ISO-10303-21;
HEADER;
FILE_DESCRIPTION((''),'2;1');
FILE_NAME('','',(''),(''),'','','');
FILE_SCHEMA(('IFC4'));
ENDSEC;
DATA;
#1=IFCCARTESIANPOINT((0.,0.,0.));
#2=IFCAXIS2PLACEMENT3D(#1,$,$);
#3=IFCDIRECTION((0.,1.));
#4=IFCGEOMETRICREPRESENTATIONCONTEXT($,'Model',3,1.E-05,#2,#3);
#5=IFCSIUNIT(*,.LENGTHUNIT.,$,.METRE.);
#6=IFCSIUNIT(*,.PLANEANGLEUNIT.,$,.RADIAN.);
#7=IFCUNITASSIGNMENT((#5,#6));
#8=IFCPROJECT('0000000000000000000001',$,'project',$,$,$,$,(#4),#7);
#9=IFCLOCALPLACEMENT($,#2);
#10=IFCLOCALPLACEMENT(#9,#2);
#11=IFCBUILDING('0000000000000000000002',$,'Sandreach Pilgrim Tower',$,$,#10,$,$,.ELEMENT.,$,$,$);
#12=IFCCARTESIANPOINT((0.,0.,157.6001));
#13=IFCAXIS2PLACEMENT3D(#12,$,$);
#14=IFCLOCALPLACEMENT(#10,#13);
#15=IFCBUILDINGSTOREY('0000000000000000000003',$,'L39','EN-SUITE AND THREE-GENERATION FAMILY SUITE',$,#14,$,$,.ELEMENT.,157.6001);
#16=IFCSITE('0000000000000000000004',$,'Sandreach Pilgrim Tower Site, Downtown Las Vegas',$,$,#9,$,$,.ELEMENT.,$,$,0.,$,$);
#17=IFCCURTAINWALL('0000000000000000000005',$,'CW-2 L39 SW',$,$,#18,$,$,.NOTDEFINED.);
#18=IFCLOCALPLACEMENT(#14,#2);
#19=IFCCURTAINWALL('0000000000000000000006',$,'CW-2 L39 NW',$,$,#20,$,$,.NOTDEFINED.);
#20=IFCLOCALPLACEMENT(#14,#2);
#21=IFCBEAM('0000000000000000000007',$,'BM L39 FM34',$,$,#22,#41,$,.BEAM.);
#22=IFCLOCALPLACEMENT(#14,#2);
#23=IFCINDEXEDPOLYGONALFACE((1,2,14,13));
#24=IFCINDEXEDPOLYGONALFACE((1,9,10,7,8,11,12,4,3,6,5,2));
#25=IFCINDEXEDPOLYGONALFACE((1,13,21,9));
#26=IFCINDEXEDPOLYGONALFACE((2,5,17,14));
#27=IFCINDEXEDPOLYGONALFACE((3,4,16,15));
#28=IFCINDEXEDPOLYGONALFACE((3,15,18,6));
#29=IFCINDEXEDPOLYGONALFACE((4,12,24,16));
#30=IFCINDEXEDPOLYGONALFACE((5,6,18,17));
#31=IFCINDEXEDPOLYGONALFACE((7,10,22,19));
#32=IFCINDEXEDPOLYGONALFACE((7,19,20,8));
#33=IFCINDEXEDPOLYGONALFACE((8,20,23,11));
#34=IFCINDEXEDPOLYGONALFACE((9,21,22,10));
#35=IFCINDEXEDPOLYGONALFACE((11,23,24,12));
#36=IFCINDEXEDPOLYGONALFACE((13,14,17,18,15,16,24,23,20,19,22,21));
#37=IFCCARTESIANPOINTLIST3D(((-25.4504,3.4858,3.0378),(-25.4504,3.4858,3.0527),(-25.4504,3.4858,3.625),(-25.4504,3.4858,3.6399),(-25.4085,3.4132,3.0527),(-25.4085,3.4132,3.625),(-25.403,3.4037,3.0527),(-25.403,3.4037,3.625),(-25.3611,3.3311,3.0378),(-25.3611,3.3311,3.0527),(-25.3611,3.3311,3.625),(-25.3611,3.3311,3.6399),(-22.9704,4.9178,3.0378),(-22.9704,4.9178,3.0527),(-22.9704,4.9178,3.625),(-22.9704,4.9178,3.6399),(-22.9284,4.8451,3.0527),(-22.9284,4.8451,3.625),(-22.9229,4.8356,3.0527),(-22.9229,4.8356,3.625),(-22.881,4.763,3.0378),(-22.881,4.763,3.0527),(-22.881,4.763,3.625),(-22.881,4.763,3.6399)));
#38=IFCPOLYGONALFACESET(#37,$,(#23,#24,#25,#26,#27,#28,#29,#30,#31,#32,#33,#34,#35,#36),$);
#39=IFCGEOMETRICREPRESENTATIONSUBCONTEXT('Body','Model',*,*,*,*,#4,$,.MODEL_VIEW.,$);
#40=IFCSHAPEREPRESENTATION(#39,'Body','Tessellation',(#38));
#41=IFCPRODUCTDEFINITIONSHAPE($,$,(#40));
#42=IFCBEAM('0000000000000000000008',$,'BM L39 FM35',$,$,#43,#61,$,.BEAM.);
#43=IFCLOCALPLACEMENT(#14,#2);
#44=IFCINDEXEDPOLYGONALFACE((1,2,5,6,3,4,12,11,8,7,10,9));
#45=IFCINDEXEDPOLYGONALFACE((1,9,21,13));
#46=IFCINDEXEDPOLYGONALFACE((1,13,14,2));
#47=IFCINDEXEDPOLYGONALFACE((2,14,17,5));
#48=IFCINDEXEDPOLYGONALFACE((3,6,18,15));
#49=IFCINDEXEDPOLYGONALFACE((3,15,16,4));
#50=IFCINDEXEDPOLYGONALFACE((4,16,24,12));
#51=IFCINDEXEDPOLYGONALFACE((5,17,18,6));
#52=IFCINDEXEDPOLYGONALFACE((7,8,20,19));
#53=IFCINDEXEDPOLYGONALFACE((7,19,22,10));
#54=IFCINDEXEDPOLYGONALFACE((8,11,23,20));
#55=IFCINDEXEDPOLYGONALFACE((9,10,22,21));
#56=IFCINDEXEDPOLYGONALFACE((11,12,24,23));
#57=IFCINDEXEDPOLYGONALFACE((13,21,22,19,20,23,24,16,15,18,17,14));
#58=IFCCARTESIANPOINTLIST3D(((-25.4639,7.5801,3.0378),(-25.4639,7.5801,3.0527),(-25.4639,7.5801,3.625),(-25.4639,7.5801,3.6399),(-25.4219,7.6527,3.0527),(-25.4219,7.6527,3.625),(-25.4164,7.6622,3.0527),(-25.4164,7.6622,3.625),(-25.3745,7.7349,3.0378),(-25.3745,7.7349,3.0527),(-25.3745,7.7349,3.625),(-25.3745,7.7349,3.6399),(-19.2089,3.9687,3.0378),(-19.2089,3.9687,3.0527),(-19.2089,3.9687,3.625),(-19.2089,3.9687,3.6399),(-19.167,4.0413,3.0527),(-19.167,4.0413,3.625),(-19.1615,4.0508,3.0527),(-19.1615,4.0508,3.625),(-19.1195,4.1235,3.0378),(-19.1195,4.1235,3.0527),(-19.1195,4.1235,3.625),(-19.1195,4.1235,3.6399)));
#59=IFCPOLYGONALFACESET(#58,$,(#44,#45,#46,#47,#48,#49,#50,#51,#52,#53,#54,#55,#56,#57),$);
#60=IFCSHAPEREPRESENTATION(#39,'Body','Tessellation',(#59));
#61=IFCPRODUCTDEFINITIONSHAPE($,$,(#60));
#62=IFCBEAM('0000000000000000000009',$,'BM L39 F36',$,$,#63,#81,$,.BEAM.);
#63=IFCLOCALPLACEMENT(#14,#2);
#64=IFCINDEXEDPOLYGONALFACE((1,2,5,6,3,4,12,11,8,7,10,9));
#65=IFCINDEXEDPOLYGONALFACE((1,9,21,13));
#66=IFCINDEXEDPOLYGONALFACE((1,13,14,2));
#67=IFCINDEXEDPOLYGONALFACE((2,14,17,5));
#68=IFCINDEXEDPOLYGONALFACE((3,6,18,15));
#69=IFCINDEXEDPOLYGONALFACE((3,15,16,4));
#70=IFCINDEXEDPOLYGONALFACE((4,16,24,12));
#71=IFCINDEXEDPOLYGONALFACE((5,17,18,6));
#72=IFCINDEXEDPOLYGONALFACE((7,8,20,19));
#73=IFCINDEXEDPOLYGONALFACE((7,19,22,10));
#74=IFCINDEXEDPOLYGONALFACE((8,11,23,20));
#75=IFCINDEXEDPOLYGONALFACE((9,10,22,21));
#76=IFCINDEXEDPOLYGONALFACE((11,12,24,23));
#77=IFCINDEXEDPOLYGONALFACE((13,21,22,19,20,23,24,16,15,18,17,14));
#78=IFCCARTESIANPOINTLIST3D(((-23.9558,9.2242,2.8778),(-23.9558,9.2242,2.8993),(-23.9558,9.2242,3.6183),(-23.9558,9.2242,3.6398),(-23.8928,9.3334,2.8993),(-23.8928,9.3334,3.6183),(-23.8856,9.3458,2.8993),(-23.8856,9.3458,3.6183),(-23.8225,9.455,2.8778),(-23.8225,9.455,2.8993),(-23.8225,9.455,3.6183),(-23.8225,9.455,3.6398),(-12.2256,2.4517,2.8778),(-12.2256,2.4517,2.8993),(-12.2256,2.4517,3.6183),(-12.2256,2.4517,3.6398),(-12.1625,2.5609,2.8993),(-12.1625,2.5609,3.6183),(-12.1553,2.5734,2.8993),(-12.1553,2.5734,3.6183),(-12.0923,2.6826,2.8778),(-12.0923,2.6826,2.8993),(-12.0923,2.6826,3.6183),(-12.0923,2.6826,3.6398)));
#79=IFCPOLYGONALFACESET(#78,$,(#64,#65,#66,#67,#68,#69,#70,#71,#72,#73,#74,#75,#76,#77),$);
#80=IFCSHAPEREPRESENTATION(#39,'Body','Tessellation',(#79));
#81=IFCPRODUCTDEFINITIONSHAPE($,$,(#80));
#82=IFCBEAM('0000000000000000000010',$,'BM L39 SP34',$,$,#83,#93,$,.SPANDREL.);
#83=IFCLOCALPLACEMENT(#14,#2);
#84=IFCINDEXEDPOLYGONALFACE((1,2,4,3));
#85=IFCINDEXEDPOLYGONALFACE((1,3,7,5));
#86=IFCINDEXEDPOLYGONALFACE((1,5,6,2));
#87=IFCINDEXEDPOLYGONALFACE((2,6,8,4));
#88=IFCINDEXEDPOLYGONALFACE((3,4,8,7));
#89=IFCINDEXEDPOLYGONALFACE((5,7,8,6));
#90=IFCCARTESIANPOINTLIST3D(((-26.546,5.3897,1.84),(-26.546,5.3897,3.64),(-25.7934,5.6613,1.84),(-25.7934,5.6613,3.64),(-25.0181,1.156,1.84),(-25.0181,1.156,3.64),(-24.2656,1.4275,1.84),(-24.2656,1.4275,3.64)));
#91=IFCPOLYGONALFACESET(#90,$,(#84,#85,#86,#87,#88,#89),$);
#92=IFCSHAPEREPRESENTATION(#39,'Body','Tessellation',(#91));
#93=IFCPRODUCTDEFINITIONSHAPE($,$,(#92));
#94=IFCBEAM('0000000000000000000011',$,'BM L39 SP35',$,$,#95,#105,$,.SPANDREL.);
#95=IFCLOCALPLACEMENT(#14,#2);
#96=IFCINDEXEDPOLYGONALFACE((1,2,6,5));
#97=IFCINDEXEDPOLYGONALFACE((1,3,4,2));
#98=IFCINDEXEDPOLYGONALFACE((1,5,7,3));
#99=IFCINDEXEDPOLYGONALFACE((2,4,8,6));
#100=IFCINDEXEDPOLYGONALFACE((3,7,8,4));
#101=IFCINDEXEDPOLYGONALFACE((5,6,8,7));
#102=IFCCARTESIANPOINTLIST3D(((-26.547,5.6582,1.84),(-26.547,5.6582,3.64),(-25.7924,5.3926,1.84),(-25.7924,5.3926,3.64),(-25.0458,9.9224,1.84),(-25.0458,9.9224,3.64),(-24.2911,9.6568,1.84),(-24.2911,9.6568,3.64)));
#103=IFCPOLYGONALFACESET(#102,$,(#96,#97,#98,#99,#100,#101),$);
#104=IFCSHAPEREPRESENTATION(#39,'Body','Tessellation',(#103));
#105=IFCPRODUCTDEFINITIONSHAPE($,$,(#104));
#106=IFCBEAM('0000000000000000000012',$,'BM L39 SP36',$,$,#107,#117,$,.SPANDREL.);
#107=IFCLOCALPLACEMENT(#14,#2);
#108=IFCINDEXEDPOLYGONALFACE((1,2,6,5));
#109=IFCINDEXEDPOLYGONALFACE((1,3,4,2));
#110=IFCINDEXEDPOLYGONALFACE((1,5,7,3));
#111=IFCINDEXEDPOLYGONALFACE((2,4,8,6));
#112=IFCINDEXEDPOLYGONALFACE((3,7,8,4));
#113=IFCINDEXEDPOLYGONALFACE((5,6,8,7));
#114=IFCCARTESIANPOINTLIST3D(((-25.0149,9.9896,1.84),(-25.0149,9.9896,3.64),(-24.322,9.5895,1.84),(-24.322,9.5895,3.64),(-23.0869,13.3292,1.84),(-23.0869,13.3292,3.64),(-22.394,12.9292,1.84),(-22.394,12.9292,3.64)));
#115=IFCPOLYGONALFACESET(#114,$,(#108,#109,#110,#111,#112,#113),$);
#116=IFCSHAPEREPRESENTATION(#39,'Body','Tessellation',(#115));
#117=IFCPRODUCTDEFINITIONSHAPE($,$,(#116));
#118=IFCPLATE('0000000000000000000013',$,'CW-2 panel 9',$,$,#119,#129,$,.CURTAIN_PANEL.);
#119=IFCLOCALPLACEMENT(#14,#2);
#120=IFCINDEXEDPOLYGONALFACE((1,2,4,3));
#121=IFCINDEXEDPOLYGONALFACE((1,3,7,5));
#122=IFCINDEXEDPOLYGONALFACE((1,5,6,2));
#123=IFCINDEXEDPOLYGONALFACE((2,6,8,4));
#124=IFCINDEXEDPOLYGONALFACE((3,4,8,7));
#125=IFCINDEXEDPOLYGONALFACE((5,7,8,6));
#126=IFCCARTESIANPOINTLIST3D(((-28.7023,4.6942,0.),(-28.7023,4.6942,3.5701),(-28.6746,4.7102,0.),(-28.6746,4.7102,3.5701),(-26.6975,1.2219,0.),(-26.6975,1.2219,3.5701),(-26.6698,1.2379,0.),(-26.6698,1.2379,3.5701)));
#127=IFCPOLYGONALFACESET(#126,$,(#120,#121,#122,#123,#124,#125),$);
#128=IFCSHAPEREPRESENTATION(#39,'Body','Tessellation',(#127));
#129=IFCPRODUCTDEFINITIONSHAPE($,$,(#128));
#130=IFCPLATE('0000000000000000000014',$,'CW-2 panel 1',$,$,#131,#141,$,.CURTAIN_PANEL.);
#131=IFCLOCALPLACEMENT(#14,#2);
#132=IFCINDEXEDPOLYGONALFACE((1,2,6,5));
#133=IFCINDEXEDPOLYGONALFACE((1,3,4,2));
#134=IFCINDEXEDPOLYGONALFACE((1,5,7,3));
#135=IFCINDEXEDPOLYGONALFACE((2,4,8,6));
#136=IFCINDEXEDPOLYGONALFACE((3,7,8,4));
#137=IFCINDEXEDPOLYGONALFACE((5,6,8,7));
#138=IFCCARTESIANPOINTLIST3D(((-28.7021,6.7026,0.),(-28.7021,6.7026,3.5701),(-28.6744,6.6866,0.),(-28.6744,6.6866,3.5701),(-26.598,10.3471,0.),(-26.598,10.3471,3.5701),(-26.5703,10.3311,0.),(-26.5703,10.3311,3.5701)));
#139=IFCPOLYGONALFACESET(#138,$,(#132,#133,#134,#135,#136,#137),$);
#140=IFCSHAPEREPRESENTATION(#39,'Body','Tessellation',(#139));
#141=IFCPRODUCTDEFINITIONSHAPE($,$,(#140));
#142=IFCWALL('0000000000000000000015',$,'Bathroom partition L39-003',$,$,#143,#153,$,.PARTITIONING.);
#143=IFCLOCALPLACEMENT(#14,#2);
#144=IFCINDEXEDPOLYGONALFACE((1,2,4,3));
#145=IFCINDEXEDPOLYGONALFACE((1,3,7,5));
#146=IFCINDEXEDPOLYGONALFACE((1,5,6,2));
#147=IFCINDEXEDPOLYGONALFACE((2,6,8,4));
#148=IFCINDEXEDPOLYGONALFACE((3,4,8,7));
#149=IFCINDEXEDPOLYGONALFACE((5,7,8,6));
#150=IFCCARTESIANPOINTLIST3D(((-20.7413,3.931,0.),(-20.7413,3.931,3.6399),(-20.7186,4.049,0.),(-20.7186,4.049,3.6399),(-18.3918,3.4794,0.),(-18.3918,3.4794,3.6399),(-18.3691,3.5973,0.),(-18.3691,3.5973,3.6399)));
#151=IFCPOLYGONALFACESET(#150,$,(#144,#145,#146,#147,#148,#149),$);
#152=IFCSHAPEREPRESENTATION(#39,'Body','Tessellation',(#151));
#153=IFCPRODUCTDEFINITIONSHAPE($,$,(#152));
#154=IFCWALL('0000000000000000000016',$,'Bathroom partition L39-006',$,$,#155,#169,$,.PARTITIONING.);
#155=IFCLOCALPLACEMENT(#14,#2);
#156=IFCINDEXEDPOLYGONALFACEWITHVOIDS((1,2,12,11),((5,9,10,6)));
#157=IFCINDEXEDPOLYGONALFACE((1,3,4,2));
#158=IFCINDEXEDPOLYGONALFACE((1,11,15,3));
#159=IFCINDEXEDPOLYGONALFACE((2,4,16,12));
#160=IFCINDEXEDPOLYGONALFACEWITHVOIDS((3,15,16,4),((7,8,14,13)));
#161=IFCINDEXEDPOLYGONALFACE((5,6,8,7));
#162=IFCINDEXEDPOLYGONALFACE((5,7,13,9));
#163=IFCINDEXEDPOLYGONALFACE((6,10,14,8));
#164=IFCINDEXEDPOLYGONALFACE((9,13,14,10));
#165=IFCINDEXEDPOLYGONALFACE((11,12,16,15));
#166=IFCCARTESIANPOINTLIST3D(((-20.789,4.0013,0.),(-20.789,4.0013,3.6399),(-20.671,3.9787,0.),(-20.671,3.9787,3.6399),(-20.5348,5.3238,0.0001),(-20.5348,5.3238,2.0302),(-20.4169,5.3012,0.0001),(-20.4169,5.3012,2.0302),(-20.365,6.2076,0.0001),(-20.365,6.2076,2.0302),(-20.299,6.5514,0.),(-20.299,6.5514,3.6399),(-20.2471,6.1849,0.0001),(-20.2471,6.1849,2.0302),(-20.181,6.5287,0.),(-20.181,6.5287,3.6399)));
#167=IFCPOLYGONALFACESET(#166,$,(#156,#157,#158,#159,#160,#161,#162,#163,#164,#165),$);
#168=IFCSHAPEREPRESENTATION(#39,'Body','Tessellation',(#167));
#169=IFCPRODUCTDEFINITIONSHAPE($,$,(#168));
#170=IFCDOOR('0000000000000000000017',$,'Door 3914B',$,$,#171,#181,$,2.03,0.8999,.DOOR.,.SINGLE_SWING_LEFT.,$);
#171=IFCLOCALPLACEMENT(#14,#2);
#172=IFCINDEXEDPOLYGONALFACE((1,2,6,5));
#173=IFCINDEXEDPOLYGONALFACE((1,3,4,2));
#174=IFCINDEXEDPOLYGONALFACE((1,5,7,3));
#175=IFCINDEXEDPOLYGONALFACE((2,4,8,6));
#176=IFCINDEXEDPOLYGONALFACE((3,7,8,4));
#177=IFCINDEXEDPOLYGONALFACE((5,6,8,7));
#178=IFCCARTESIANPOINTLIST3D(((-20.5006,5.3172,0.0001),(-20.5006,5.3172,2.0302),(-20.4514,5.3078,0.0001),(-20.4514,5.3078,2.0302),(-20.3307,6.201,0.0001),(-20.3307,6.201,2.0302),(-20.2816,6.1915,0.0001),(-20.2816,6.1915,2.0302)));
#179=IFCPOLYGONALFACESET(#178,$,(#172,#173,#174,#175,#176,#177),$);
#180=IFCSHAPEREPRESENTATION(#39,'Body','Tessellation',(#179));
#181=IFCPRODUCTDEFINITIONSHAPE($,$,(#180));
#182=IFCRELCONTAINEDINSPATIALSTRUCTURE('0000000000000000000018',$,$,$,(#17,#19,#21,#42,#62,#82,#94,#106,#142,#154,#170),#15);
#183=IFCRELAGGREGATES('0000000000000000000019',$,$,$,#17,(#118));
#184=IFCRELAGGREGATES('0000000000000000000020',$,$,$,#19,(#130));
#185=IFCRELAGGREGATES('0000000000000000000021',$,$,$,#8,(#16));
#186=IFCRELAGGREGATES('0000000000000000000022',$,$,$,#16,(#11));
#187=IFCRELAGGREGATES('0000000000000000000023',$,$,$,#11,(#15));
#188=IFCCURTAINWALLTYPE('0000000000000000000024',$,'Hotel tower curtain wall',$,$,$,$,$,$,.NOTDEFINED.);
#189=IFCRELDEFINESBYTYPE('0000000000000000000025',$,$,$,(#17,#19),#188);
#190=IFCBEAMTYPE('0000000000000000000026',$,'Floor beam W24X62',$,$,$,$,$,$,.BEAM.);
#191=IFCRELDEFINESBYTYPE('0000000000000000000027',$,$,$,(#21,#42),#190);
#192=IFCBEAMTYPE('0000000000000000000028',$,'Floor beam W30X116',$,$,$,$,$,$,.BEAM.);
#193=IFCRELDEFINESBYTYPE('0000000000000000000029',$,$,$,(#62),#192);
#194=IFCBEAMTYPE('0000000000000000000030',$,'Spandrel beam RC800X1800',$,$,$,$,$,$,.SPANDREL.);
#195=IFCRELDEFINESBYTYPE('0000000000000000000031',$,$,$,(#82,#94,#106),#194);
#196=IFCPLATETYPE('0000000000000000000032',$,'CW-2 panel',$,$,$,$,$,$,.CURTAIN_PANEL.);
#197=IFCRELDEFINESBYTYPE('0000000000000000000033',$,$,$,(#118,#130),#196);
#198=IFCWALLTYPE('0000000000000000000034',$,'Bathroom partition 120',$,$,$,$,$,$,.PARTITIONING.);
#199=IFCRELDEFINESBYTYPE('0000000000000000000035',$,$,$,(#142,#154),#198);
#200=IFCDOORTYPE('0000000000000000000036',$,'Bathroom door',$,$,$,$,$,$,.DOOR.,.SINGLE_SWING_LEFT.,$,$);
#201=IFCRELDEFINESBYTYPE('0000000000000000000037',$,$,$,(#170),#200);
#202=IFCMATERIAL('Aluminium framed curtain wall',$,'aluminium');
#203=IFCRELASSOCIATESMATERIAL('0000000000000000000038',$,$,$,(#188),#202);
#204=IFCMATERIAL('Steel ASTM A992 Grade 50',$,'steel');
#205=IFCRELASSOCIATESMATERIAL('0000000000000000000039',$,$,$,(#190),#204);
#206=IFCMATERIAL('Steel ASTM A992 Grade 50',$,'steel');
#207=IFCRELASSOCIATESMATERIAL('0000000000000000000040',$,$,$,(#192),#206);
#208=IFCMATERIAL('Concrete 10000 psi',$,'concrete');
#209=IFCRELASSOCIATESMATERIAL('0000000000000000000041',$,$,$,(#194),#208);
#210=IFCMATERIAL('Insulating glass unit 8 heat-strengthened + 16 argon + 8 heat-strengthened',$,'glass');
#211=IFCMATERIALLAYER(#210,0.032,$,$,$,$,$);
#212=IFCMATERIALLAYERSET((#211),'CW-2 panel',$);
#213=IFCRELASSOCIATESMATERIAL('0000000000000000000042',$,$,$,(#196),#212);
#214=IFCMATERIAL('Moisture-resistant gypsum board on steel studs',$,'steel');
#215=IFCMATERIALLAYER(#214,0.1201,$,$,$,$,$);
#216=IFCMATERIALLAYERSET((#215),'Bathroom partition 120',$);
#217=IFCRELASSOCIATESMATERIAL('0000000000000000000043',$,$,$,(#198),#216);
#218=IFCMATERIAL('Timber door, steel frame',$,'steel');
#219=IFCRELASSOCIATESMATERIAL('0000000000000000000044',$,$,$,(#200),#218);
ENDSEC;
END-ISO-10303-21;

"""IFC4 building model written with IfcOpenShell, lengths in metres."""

from ifc_helpers import new_model, si_unit, direction, frame, frame_2d, origin, origin_2d, place, context, subcontext, project, spatial, rectangle, i_section, extrude, material, layer, layer_set, material_profile, profile_set, type_object, element, fill, aggregate, save


model = new_model("IFC4")

# Units and contexts
model_context = context("Model", 3, precision=1e-05, world=origin(), true_north=direction((0.0, 1.0)))
body_context = subcontext(model_context, "Body", "Model", "MODEL_VIEW")
ifc_project = project(units=[si_unit("LENGTHUNIT", "METRE"), si_unit("PLANEANGLEUNIT", "RADIAN")], contexts=[model_context])

# Site, building, storey
site_placement = place(None, origin())
site = spatial("IfcSite", under=ifc_project, at=site_placement, Name="Sandreach Pilgrim Tower Site, Downtown Las Vegas", CompositionType="ELEMENT", RefElevation=0.0)
building_placement = place(site_placement, origin())
building = spatial("IfcBuilding", under=site, at=building_placement, Name="Sandreach Pilgrim Tower", CompositionType="ELEMENT")
storey_placement = place(building_placement, frame((0.0, 0.0, 157.6001)))
storey = spatial("IfcBuildingStorey", under=building, at=storey_placement, Name="L39", Description="EN-SUITE AND THREE-GENERATION FAMILY SUITE", CompositionType="ELEMENT", Elevation=157.6001)

# Curtain walls
ifc_material_1 = material(Name="Aluminium framed curtain wall", Category="aluminium")
curtain_wall_type = type_object("IfcCurtainWallType", Name="Hotel tower curtain wall", PredefinedType="NOTDEFINED", material=ifc_material_1)
curtain_wall_1_placement = place(storey_placement, origin())
curtain_wall_1 = element("IfcCurtainWall", 1, at=curtain_wall_1_placement, inside=storey, type_object=curtain_wall_type, Name="CW-2 L39 SW", PredefinedType="NOTDEFINED")
curtain_wall_2_placement = place(storey_placement, origin())
curtain_wall_2 = element("IfcCurtainWall", 2, at=curtain_wall_2_placement, inside=storey, type_object=curtain_wall_type, Name="CW-2 L39 NW", PredefinedType="NOTDEFINED")

# Beams
ifc_material_2 = material(Name="Steel ASTM A992 Grade 50", Category="steel")
ifc_material_profile_1 = material_profile(ifc_material_2, i_section(OverallWidth=0.1787, OverallDepth=0.6021, WebThickness=0.011, FlangeThickness=0.0149, at=origin_2d()), Name="W24X62")
ifc_profile_set_1 = profile_set([ifc_material_profile_1], Name="Steel ASTM A992 Grade 50")
beam_type_1 = type_object("IfcBeamType", Name="Floor beam W24X62", PredefinedType="BEAM", material=ifc_profile_set_1)
beam_1_placement = place(storey_placement, frame((-25.4058, 3.4084, 3.3389), z_axis=(0.866015, 0.500018, 0.0), x_axis=(-0.500018, 0.866015, 0.0)))
element("IfcBeam", 3, at=beam_1_placement, inside=storey, type_object=beam_type_1, Name="BM L39 FM34", PredefinedType="BEAM", context=body_context, shape_type="SweptSolid", body=[
    extrude(i_section(OverallWidth=0.1787, OverallDepth=0.6021, WebThickness=0.011, FlangeThickness=0.0149, at=origin_2d()), origin(), (0.0, 0.0, 1.0), 2.8638),
])
beam_2_placement = place(storey_placement, frame((-25.4192, 7.6575, 3.3389), z_axis=(0.866021, -0.500007, 0.0), x_axis=(0.500007, 0.866021, 0.0)))
element("IfcBeam", 4, at=beam_2_placement, inside=storey, type_object=beam_type_1, Name="BM L39 FM35", PredefinedType="BEAM", context=body_context, shape_type="SweptSolid", body=[
    extrude(i_section(OverallWidth=0.1787, OverallDepth=0.6021, WebThickness=0.011, FlangeThickness=0.0149, at=origin_2d()), origin(), (0.0, 0.0, 1.0), 7.2227),
])
ifc_material_3 = material(Name="Steel ASTM A992 Grade 50", Category="steel")
ifc_material_profile_2 = material_profile(ifc_material_3, i_section(OverallWidth=0.2666, OverallDepth=0.762, WebThickness=0.0144, FlangeThickness=0.0215, at=origin_2d()), Name="W30X116")
ifc_profile_set_2 = profile_set([ifc_material_profile_2], Name="Steel ASTM A992 Grade 50")
beam_type_2 = type_object("IfcBeamType", Name="Floor beam W30X116", PredefinedType="BEAM", material=ifc_profile_set_2)
beam_3_placement = place(storey_placement, frame((-23.8892, 9.3396, 3.2588), z_axis=(0.866025, -0.500001, 0.0), x_axis=(0.500001, 0.866025, 0.0)))
element("IfcBeam", 5, at=beam_3_placement, inside=storey, type_object=beam_type_2, Name="BM L39 F36", PredefinedType="BEAM", context=body_context, shape_type="SweptSolid", body=[
    extrude(i_section(OverallWidth=0.2666, OverallDepth=0.762, WebThickness=0.0144, FlangeThickness=0.0215, at=origin_2d()), origin(), (0.0, 0.0, 1.0), 13.5449),
])
ifc_material_4 = material(Name="Concrete 10000 psi", Category="concrete")
ifc_material_profile_3 = material_profile(ifc_material_4, rectangle(XDim=0.8, YDim=1.8, at=origin_2d()), Name="RC800X1800")
ifc_profile_set_3 = profile_set([ifc_material_profile_3], Name="Concrete 10000 psi")
beam_type_3 = type_object("IfcBeamType", Name="Spandrel beam RC800X1800", PredefinedType="SPANDREL", material=ifc_profile_set_3)
beam_4_placement = place(storey_placement, frame((-24.6418, 1.2917, 2.74), z_axis=(-0.339451, 0.940624, 0.0), x_axis=(-0.940624, -0.339451, 0.0)))
element("IfcBeam", 6, at=beam_4_placement, inside=storey, type_object=beam_type_3, Name="BM L39 SP34", PredefinedType="SPANDREL", context=body_context, shape_type="SweptSolid", body=[
    extrude(rectangle(XDim=0.8, YDim=1.8, at=origin_2d()), origin(), (0.0, 0.0, 1.0), 4.501),
])
beam_5_placement = place(storey_placement, frame((-26.1697, 5.5254, 2.74), z_axis=(0.332077, 0.943252, 0.0), x_axis=(-0.943252, 0.332077, 0.0)))
element("IfcBeam", 7, at=beam_5_placement, inside=storey, type_object=beam_type_3, Name="BM L39 SP35", PredefinedType="SPANDREL", context=body_context, shape_type="SweptSolid", body=[
    extrude(rectangle(XDim=0.8, YDim=1.8, at=origin_2d()), origin(), (0.0, 0.0, 1.0), 4.5208),
])
beam_6_placement = place(storey_placement, frame((-24.6685, 9.7896, 2.74), z_axis=(0.499973, 0.866041, 0.0), x_axis=(-0.866041, 0.499973, 0.0)))
element("IfcBeam", 8, at=beam_6_placement, inside=storey, type_object=beam_type_3, Name="BM L39 SP36", PredefinedType="SPANDREL", context=body_context, shape_type="SweptSolid", body=[
    extrude(rectangle(XDim=0.8, YDim=1.8, at=origin_2d()), origin(), (0.0, 0.0, 1.0), 3.8562),
])

# Plates
ifc_material_5 = material(Name="Insulating glass unit 8 heat-strengthened + 16 argon + 8 heat-strengthened", Category="glass")
ifc_layer_1 = layer(ifc_material_5, 0.032)
ifc_layer_set_1 = layer_set([ifc_layer_1], Name="CW-2 panel")
plate_type = type_object("IfcPlateType", Name="CW-2 panel", PredefinedType="CURTAIN_PANEL", material=ifc_layer_set_1)
plate_1_placement = place(storey_placement, frame((-27.686, 2.9661, 0.0), z_axis=(0.0, 0.0, 1.0), x_axis=(-0.5, 0.866025, 0.0)))
plate_1 = element("IfcPlate", 9, at=plate_1_placement, type_object=plate_type, Name="CW-2 panel 9", PredefinedType="CURTAIN_PANEL", context=body_context, shape_type="SweptSolid", body=[
    extrude(rectangle(XDim=4.0095, YDim=0.032, at=origin_2d()), origin(), (0.0, 0.0, 1.0), 3.5701),
])
aggregate(curtain_wall_1, [plate_1])
plate_2_placement = place(storey_placement, frame((-27.6362, 8.5168, 0.0), z_axis=(0.0, 0.0, 1.0), x_axis=(0.5, 0.866025, 0.0)))
plate_2 = element("IfcPlate", 10, at=plate_2_placement, type_object=plate_type, Name="CW-2 panel 1", PredefinedType="CURTAIN_PANEL", context=body_context, shape_type="SweptSolid", body=[
    extrude(rectangle(XDim=4.2083, YDim=0.032, at=origin_2d()), origin(), (0.0, 0.0, 1.0), 3.5701),
])
aggregate(curtain_wall_2, [plate_2])

# Wall
ifc_material_6 = material(Name="Moisture-resistant gypsum board on steel studs", Category="steel")
ifc_layer_2 = layer(ifc_material_6, 0.1201)
ifc_layer_set_2 = layer_set([ifc_layer_2], Name="Bathroom partition 120")
wall_type_1 = type_object("IfcWallType", Name="Bathroom partition 120", PredefinedType="PARTITIONING", material=ifc_layer_set_2)
wall_1_placement = place(storey_placement, frame((-20.73, 3.99, 0.0), z_axis=(0.0, 0.0, 1.0), x_axis=(0.982021, -0.188772, 0.0)))
element("IfcWall", 11, at=wall_1_placement, inside=storey, type_object=wall_type_1, Name="Bathroom partition L39-003", PredefinedType="PARTITIONING", context=body_context, shape_type="SweptSolid", body=[
    extrude(rectangle(XDim=2.3926, YDim=0.1201, at=frame_2d((1.1963, 0.0))), origin(), (0.0, 0.0, 1.0), 3.6399),
])

# Wall, opening, door
wall_2_placement = place(storey_placement, frame((-20.24, 6.54, 0.0), z_axis=(0.0, 0.0, 1.0), x_axis=(-0.188697, -0.982035, 0.0)))
wall_2 = element("IfcWall", 12, at=wall_2_placement, inside=storey, type_object=wall_type_1, Name="Bathroom partition L39-006", PredefinedType="PARTITIONING", context=body_context, shape_type="SweptSolid", body=[
    extrude(rectangle(XDim=2.5967, YDim=0.1201, at=frame_2d((1.2983, 0.0))), origin(), (0.0, 0.0, 1.0), 3.6399),
])
opening_1_placement = place(wall_2_placement, frame((0.3501, 0.0, 0.0)))
opening_1 = element("IfcOpeningElement", 13, at=opening_1_placement, cuts=wall_2, PredefinedType="OPENING", context=body_context, shape_type="SweptSolid", body=[
    extrude(rectangle(XDim=0.8999, YDim=2.03, at=frame_2d((0.45, 1.0151))), frame((0.0, 0.0601, 0.0), z_axis=(0.0, -1.0, 0.0), x_axis=(1.0, 0.0, 0.0)), (0.0, 0.0, 1.0), 0.1201),
])
ifc_material_7 = material(Name="Timber door, steel frame", Category="steel")
door_type_1 = type_object("IfcDoorType", Name="Bathroom door", OperationType="SINGLE_SWING_LEFT", PredefinedType="DOOR", material=ifc_material_7)
door_1_placement = place(opening_1_placement, origin())
door_1 = element("IfcDoor", 14, at=door_1_placement, inside=storey, type_object=door_type_1, Name="Door 3914B", OperationType="SINGLE_SWING_LEFT", OverallHeight=2.03, OverallWidth=0.8999, PredefinedType="DOOR", context=body_context, shape_type="SweptSolid", body=[
    extrude(rectangle(XDim=0.8999, YDim=2.03, at=frame_2d((0.45, 1.0151))), frame((0.0, 0.0249, 0.0), z_axis=(0.0, -1.0, 0.0), x_axis=(1.0, 0.0, 0.0)), (0.0, 0.0, 1.0), 0.05),
])
fill(opening_1, door_1)

save(model, "model.ifc")
